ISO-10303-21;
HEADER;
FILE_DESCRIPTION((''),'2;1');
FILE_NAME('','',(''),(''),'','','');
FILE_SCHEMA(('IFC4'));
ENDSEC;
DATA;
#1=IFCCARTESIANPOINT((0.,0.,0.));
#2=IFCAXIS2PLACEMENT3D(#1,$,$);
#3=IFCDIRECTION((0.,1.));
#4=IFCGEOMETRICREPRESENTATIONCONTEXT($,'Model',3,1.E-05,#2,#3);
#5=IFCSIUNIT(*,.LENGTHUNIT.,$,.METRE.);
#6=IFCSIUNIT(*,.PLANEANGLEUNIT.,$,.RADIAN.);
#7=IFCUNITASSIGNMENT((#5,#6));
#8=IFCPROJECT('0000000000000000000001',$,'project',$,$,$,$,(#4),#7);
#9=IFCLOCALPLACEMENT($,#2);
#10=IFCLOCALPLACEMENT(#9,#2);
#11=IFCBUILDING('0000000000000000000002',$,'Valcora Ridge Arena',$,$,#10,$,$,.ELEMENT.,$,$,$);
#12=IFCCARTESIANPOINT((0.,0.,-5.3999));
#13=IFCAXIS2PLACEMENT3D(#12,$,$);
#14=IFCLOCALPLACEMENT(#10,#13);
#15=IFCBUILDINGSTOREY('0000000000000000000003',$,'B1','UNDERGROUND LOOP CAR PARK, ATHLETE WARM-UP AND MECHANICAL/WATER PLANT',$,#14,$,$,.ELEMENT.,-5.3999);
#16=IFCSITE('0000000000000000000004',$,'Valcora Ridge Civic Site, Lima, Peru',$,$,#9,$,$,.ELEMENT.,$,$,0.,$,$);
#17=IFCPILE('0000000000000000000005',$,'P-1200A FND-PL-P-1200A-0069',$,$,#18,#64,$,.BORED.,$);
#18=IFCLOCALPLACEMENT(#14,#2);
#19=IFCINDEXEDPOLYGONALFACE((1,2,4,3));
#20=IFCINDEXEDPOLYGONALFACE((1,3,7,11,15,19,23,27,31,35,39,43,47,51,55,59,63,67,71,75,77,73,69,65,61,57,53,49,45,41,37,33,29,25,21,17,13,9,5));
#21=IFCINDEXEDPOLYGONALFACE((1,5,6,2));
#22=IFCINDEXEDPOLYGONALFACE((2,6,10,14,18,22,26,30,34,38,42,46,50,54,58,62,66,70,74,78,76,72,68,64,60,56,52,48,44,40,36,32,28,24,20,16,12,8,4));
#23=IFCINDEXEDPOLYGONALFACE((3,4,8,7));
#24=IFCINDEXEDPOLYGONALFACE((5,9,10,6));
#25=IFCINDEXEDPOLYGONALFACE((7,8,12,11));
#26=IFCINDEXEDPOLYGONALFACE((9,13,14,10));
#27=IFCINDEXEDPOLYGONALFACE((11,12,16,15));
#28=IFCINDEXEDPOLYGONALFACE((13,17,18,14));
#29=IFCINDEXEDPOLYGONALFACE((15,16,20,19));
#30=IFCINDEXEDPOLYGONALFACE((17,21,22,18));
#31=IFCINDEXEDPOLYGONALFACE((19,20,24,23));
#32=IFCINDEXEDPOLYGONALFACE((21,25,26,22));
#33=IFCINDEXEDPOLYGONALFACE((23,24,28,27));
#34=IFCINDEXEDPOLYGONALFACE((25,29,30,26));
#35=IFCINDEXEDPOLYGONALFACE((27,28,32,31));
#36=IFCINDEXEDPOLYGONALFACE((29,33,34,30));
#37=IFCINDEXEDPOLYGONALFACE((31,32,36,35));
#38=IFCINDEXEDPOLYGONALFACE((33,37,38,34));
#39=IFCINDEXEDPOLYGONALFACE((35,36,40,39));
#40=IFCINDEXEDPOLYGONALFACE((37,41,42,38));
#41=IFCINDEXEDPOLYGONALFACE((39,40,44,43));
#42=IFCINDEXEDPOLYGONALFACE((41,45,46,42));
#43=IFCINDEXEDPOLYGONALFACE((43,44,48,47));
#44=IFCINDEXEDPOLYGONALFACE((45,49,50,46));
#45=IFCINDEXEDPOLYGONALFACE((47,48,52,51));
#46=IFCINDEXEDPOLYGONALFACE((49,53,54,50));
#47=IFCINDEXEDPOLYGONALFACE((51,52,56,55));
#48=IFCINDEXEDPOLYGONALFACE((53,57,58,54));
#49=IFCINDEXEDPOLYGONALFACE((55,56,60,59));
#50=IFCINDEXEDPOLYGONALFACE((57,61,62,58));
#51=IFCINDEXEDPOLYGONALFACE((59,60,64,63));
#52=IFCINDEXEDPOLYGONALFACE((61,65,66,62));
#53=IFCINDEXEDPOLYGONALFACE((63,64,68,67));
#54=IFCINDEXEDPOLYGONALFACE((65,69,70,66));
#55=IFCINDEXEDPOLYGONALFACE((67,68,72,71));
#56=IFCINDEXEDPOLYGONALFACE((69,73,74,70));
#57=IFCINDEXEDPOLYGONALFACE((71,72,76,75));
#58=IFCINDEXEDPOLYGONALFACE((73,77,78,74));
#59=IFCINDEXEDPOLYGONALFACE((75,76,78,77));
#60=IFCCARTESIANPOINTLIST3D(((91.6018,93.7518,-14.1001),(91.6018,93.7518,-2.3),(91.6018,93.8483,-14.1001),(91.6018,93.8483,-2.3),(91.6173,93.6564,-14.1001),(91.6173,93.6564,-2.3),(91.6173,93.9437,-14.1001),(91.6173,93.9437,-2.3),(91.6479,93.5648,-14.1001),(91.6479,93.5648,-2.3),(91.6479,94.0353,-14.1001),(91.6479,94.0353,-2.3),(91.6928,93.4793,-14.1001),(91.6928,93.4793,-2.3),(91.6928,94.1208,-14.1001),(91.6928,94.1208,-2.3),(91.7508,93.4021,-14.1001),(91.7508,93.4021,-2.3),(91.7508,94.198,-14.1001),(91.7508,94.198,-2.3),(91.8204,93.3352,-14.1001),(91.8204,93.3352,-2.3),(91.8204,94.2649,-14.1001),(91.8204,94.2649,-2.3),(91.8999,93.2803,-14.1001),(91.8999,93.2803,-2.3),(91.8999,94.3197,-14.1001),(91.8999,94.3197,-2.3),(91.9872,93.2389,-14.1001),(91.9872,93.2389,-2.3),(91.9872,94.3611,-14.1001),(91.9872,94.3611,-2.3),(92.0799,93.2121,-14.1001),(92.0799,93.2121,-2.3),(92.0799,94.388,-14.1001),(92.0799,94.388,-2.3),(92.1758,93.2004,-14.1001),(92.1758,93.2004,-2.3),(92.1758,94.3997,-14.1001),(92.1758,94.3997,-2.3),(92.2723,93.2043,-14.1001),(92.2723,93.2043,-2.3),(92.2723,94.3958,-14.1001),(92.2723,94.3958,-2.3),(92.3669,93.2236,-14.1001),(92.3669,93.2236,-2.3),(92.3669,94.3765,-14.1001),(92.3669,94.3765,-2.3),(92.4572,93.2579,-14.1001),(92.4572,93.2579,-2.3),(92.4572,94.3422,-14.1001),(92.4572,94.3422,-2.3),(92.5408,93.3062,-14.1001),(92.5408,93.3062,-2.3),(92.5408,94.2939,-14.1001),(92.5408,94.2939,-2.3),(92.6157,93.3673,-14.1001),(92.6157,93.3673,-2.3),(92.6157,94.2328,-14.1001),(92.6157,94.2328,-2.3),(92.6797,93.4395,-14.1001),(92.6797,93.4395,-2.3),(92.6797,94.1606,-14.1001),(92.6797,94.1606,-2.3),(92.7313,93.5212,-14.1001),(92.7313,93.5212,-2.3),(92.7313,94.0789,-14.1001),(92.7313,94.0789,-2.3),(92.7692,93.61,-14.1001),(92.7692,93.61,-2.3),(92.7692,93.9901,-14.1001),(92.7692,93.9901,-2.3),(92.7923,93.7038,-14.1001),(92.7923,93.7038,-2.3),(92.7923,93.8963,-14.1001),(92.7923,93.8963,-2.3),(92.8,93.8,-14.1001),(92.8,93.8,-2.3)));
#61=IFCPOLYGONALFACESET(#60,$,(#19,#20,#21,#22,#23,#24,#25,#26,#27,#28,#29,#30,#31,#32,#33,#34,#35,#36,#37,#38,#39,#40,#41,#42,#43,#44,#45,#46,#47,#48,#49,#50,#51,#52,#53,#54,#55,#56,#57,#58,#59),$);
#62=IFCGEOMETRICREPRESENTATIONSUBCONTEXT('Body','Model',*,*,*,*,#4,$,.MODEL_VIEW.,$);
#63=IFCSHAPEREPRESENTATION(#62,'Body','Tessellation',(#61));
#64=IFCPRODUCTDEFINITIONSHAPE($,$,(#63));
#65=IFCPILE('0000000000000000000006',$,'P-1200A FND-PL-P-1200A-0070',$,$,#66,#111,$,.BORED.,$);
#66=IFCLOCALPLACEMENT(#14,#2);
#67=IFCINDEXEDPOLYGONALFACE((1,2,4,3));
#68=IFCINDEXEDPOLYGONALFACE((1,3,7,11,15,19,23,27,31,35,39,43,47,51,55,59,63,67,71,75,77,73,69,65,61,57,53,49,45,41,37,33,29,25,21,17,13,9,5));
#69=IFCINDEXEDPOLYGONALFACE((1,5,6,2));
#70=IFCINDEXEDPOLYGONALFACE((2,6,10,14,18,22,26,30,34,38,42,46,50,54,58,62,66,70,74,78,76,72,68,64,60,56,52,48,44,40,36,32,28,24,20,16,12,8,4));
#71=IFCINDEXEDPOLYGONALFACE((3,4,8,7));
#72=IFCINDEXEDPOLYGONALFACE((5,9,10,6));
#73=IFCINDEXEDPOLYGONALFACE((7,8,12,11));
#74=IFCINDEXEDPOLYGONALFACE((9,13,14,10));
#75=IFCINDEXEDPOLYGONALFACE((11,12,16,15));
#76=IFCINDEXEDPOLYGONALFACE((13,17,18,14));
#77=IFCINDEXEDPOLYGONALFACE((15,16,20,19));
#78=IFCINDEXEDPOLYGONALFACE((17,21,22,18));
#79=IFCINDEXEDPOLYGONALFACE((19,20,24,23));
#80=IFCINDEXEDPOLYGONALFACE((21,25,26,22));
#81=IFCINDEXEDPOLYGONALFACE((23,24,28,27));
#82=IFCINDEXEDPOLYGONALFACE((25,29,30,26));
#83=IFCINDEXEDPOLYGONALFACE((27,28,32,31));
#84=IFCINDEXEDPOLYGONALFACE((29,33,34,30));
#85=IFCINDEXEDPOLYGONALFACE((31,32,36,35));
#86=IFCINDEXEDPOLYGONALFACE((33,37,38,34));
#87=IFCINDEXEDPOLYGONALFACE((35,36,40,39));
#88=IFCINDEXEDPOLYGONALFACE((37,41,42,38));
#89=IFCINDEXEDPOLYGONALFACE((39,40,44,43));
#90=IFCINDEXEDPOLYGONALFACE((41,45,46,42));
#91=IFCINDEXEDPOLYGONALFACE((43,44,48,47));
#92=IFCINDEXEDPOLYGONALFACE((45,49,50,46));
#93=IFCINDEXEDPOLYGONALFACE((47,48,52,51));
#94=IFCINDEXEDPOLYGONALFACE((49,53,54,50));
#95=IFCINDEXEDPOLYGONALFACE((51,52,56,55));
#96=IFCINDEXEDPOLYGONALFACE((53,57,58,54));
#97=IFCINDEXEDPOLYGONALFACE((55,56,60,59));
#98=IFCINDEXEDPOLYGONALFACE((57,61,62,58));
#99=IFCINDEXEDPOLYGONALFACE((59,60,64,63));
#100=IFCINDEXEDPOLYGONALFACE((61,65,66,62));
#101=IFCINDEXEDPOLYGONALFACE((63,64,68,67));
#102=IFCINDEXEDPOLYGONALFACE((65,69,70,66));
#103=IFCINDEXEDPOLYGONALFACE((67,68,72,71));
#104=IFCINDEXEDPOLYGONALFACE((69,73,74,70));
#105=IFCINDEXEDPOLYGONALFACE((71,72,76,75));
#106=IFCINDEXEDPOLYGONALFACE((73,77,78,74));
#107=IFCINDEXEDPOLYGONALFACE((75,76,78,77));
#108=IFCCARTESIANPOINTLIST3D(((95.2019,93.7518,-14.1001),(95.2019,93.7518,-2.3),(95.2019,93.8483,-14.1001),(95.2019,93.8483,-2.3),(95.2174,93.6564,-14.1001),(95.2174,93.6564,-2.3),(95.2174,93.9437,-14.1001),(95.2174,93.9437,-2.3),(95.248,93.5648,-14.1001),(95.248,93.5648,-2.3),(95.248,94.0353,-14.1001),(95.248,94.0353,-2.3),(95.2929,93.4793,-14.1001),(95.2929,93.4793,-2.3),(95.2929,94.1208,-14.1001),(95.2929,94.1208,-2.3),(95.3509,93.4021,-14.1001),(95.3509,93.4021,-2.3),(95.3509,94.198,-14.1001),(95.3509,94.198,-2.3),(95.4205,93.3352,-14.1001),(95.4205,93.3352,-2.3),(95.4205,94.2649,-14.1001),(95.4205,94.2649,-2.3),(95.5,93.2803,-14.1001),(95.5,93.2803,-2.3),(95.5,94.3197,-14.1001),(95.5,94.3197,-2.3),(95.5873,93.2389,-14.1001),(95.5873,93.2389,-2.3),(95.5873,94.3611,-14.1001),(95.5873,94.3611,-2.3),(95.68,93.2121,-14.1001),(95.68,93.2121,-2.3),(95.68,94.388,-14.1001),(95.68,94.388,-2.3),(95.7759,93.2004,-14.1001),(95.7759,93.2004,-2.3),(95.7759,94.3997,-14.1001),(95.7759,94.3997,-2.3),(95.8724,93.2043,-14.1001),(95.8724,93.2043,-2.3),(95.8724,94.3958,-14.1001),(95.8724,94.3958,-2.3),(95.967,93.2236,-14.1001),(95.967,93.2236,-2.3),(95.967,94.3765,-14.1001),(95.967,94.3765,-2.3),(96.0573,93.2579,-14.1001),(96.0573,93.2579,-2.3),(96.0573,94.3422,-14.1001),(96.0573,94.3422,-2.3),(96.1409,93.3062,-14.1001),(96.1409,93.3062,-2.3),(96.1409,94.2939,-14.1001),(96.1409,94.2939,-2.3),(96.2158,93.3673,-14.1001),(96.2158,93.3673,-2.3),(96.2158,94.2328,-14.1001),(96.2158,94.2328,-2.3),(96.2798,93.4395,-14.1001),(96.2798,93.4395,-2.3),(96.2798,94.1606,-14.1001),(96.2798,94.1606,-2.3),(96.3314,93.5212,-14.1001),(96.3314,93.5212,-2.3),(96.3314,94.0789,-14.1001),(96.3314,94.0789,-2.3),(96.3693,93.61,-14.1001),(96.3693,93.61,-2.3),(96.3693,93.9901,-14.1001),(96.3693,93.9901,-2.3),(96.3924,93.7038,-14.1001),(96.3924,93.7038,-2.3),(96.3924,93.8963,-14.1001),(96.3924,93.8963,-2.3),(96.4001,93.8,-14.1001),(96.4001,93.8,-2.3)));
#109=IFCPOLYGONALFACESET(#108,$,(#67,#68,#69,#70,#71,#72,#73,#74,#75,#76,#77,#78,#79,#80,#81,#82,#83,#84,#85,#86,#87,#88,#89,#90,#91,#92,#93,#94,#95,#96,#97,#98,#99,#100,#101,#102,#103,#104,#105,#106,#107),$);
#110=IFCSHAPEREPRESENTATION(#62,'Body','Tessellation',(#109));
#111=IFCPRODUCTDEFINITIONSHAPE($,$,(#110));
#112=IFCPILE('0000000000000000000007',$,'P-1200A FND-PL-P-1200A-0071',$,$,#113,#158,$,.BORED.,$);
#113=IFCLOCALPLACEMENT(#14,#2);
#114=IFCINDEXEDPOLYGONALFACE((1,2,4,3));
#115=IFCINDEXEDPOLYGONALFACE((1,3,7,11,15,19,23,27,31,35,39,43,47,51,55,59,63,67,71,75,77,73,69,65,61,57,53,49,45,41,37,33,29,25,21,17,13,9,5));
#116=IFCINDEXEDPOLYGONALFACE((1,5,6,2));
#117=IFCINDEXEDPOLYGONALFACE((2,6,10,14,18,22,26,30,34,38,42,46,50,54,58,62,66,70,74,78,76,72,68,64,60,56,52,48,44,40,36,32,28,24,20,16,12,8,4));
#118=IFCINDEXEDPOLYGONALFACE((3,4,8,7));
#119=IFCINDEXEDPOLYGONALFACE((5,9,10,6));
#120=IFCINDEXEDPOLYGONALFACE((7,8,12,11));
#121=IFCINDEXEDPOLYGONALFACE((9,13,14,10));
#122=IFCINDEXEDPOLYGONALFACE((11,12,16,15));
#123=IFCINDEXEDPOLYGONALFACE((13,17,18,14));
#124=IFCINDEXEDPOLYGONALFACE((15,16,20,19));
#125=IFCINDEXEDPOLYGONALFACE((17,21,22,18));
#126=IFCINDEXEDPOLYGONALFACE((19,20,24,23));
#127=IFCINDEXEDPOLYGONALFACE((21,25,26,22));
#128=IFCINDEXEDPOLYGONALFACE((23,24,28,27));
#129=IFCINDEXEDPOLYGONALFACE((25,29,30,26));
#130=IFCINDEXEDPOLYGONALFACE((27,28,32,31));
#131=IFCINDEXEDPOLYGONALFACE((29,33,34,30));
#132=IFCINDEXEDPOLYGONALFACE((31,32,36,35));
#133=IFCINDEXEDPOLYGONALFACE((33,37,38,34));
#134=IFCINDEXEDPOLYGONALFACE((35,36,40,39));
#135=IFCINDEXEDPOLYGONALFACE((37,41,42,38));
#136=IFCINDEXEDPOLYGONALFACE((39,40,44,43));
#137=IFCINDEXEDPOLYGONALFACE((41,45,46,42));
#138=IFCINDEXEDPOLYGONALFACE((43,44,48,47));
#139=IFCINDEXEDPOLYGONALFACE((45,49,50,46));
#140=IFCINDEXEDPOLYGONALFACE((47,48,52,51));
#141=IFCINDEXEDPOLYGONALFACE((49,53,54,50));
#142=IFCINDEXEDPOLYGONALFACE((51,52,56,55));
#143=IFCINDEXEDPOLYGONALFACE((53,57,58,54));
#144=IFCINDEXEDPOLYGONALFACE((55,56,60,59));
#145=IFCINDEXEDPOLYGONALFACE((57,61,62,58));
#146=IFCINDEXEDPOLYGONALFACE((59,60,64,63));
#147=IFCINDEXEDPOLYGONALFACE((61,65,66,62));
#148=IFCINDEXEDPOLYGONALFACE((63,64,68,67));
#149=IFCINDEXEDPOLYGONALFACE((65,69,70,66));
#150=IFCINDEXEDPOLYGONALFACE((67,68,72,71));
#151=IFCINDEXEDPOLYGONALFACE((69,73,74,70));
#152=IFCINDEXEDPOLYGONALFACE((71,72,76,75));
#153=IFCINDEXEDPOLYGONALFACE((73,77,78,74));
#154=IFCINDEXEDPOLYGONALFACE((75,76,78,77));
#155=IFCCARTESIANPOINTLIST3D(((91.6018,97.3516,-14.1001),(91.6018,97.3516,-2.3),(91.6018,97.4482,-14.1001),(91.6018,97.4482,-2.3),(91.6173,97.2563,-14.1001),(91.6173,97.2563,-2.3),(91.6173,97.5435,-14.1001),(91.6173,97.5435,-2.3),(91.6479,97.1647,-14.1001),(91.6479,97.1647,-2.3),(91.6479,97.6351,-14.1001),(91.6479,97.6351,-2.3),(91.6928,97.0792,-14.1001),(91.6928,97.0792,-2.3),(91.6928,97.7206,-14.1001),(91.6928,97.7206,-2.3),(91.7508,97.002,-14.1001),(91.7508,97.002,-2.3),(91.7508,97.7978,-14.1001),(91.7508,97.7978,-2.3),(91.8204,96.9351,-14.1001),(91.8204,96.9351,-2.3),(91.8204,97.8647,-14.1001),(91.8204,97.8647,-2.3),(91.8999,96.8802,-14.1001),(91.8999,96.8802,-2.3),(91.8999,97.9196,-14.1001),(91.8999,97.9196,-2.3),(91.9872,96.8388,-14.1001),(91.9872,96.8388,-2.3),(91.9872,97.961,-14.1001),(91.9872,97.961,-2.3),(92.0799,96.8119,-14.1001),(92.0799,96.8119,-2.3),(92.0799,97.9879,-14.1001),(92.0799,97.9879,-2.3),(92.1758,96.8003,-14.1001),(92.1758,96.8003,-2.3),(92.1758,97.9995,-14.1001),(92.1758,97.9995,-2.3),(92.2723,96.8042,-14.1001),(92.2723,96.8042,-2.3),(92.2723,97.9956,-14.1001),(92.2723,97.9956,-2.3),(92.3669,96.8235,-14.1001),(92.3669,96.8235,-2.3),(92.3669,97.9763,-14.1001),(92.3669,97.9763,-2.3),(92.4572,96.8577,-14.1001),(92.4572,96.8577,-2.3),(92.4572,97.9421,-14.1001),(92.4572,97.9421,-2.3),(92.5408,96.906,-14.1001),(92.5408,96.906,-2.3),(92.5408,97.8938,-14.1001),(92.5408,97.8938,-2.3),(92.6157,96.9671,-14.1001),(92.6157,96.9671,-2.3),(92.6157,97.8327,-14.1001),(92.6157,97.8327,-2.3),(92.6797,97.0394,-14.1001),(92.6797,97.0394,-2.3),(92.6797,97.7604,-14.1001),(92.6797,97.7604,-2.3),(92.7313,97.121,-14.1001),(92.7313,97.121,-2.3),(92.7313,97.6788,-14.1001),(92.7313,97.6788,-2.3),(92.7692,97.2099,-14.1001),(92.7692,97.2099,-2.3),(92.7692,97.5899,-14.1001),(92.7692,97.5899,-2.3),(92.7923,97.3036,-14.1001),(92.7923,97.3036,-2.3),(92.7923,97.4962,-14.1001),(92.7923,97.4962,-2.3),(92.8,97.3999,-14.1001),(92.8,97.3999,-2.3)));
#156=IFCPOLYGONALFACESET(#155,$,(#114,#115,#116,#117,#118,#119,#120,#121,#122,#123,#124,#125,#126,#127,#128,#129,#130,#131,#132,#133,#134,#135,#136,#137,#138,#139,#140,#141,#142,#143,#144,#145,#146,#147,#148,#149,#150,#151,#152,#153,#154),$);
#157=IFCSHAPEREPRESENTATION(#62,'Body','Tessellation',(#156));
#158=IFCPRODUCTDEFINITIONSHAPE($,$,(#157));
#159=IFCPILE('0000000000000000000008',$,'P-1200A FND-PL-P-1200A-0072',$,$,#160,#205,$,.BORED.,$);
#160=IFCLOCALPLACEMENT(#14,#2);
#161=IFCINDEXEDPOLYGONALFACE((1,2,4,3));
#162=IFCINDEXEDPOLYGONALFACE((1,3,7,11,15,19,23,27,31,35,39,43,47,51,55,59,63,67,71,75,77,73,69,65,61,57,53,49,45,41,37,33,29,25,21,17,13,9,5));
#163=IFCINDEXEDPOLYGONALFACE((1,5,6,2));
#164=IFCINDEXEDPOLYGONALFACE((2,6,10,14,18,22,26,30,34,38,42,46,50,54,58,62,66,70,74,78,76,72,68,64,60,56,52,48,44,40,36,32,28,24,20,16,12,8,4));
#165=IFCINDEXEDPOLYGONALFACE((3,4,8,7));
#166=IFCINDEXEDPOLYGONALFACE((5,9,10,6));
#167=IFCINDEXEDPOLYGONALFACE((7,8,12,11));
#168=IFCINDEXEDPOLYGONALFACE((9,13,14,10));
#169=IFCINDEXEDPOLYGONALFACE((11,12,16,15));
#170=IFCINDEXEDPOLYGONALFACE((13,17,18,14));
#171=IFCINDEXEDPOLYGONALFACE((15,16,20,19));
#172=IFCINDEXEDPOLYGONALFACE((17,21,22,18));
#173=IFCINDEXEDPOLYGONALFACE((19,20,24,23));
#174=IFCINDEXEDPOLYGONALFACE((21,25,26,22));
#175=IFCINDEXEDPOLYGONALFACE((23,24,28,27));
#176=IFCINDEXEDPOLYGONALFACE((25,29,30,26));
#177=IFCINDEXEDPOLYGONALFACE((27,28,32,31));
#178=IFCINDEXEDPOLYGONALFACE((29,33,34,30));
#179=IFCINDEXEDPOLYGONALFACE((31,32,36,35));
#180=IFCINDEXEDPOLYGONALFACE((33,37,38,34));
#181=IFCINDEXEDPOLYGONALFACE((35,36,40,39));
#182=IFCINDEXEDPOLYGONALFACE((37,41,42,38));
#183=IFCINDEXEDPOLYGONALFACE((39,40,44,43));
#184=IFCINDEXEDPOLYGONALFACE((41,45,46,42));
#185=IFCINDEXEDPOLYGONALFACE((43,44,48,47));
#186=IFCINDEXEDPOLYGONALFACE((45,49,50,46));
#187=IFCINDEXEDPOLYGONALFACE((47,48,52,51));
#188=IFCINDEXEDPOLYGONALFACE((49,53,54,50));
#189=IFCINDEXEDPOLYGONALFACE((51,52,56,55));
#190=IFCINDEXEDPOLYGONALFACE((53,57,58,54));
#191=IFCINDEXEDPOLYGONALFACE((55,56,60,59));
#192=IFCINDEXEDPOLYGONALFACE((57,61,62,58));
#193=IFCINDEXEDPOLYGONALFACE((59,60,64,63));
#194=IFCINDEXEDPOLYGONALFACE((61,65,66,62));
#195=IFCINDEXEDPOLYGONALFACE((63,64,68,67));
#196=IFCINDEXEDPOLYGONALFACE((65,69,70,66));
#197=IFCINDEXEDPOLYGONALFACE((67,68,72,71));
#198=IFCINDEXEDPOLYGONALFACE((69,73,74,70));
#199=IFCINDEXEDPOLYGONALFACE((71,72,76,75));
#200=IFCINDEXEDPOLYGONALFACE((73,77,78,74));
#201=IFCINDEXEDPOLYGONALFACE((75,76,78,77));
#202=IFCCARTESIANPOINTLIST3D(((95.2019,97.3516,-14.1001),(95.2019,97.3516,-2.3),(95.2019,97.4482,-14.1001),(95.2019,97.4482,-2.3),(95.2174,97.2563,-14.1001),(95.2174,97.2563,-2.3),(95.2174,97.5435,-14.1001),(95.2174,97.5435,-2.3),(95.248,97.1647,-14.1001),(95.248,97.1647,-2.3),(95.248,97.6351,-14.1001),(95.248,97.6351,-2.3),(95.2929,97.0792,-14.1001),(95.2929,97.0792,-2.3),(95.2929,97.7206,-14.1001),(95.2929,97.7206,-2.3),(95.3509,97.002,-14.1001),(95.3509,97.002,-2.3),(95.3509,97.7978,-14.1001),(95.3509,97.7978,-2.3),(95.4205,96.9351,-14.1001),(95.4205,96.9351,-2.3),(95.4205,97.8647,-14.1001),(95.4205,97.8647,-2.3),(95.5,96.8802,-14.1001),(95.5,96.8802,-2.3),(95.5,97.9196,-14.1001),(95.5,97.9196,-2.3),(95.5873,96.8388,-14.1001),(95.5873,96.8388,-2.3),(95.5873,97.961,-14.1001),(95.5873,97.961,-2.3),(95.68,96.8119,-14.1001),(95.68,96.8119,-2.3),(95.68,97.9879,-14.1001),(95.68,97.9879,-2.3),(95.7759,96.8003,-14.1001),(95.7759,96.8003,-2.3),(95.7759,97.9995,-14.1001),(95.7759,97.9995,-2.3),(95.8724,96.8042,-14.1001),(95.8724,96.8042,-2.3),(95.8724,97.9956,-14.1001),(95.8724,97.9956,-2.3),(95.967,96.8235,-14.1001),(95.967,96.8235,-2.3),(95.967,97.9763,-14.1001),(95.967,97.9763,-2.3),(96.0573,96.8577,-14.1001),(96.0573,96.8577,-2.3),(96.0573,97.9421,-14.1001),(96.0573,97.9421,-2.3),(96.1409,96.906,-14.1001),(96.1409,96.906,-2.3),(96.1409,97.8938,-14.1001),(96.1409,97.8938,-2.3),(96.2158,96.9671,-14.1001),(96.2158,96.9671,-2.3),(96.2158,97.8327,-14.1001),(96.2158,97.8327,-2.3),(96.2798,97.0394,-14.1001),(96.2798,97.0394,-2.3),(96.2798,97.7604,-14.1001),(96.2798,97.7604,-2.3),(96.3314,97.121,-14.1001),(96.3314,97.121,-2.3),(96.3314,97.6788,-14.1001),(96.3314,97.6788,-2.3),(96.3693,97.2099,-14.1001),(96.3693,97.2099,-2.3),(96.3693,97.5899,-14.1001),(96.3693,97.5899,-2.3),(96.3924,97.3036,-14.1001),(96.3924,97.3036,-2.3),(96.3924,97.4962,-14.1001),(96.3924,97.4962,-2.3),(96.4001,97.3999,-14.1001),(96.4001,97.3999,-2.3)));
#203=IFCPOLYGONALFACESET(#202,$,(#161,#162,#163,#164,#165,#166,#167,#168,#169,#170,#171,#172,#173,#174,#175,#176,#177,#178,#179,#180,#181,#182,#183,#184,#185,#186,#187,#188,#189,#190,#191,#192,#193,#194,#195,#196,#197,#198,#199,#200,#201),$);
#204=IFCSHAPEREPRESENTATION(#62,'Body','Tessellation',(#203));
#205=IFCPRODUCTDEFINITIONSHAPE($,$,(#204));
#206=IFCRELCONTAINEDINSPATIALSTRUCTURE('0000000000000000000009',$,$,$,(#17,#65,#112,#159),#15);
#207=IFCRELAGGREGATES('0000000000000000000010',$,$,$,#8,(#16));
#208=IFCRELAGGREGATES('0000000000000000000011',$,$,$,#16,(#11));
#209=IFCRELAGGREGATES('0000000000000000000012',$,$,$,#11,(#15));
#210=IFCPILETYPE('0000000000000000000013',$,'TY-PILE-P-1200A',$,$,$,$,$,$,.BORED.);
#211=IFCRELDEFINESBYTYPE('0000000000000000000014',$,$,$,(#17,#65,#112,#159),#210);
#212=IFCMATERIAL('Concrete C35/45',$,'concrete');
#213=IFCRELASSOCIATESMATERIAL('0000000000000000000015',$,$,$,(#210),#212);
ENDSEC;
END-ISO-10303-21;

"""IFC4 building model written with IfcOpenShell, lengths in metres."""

from ifc_helpers import new_model, si_unit, direction, frame, origin, origin_2d, place, context, subcontext, project, spatial, circle, extrude, material, material_profile, profile_set, type_object, element, save


model = new_model("IFC4")

# Units and contexts
model_context = context("Model", 3, precision=1e-05, world=origin(), true_north=direction((0.0, 1.0)))
body_context = subcontext(model_context, "Body", "Model", "MODEL_VIEW")
ifc_project = project(units=[si_unit("LENGTHUNIT", "METRE"), si_unit("PLANEANGLEUNIT", "RADIAN")], contexts=[model_context])

# Site, building, storey
site_placement = place(None, origin())
site = spatial("IfcSite", under=ifc_project, at=site_placement, Name="Valcora Ridge Civic Site, Lima, Peru", CompositionType="ELEMENT", RefElevation=0.0)
building_placement = place(site_placement, origin())
building = spatial("IfcBuilding", under=site, at=building_placement, Name="Valcora Ridge Arena", CompositionType="ELEMENT")
storey_placement = place(building_placement, frame((0.0, 0.0, -5.3999)))
storey = spatial("IfcBuildingStorey", under=building, at=storey_placement, Name="B1", Description="UNDERGROUND LOOP CAR PARK, ATHLETE WARM-UP AND MECHANICAL/WATER PLANT", CompositionType="ELEMENT", Elevation=-5.3999)

# Piles
ifc_material_1 = material(Name="Concrete C35/45", Category="concrete")
ifc_material_profile_1 = material_profile(ifc_material_1, circle(Radius=0.6001, at=origin_2d()), Name="BORED PILE D1200")
ifc_profile_set_1 = profile_set([ifc_material_profile_1], Name="Concrete C35/45")
pile_type_1 = type_object("IfcPileType", Name="TY-PILE-P-1200A", PredefinedType="BORED", material=ifc_profile_set_1)
for number, where, z_axis, x_axis, name in (
    (1, (92.2, 93.8, -2.3), (0.0, 0.0, -1.0), (1.0, 0.0, 0.0), "P-1200A FND-PL-P-1200A-0069"),
    (2, (95.8, 93.8, -2.3), (0.0, 0.0, -1.0), (1.0, 0.0, 0.0), "P-1200A FND-PL-P-1200A-0070"),
    (3, (92.2, 97.3999, -2.3), (0.0, 0.0, -1.0), (1.0, 0.0, 0.0), "P-1200A FND-PL-P-1200A-0071"),
    (4, (95.8, 97.3999, -2.3), (0.0, 0.0, -1.0), (1.0, 0.0, 0.0), "P-1200A FND-PL-P-1200A-0072"),
):
    element("IfcPile", number, at=place(storey_placement, frame(where, z_axis=z_axis, x_axis=x_axis)), inside=storey, type_object=pile_type_1, Name=name, PredefinedType="BORED", context=body_context, shape_type="SweptSolid", body=[
        extrude(circle(Radius=0.6001, at=origin_2d()), origin(), (0.0, 0.0, 1.0), 11.8),
    ])

save(model, "model.ifc")
